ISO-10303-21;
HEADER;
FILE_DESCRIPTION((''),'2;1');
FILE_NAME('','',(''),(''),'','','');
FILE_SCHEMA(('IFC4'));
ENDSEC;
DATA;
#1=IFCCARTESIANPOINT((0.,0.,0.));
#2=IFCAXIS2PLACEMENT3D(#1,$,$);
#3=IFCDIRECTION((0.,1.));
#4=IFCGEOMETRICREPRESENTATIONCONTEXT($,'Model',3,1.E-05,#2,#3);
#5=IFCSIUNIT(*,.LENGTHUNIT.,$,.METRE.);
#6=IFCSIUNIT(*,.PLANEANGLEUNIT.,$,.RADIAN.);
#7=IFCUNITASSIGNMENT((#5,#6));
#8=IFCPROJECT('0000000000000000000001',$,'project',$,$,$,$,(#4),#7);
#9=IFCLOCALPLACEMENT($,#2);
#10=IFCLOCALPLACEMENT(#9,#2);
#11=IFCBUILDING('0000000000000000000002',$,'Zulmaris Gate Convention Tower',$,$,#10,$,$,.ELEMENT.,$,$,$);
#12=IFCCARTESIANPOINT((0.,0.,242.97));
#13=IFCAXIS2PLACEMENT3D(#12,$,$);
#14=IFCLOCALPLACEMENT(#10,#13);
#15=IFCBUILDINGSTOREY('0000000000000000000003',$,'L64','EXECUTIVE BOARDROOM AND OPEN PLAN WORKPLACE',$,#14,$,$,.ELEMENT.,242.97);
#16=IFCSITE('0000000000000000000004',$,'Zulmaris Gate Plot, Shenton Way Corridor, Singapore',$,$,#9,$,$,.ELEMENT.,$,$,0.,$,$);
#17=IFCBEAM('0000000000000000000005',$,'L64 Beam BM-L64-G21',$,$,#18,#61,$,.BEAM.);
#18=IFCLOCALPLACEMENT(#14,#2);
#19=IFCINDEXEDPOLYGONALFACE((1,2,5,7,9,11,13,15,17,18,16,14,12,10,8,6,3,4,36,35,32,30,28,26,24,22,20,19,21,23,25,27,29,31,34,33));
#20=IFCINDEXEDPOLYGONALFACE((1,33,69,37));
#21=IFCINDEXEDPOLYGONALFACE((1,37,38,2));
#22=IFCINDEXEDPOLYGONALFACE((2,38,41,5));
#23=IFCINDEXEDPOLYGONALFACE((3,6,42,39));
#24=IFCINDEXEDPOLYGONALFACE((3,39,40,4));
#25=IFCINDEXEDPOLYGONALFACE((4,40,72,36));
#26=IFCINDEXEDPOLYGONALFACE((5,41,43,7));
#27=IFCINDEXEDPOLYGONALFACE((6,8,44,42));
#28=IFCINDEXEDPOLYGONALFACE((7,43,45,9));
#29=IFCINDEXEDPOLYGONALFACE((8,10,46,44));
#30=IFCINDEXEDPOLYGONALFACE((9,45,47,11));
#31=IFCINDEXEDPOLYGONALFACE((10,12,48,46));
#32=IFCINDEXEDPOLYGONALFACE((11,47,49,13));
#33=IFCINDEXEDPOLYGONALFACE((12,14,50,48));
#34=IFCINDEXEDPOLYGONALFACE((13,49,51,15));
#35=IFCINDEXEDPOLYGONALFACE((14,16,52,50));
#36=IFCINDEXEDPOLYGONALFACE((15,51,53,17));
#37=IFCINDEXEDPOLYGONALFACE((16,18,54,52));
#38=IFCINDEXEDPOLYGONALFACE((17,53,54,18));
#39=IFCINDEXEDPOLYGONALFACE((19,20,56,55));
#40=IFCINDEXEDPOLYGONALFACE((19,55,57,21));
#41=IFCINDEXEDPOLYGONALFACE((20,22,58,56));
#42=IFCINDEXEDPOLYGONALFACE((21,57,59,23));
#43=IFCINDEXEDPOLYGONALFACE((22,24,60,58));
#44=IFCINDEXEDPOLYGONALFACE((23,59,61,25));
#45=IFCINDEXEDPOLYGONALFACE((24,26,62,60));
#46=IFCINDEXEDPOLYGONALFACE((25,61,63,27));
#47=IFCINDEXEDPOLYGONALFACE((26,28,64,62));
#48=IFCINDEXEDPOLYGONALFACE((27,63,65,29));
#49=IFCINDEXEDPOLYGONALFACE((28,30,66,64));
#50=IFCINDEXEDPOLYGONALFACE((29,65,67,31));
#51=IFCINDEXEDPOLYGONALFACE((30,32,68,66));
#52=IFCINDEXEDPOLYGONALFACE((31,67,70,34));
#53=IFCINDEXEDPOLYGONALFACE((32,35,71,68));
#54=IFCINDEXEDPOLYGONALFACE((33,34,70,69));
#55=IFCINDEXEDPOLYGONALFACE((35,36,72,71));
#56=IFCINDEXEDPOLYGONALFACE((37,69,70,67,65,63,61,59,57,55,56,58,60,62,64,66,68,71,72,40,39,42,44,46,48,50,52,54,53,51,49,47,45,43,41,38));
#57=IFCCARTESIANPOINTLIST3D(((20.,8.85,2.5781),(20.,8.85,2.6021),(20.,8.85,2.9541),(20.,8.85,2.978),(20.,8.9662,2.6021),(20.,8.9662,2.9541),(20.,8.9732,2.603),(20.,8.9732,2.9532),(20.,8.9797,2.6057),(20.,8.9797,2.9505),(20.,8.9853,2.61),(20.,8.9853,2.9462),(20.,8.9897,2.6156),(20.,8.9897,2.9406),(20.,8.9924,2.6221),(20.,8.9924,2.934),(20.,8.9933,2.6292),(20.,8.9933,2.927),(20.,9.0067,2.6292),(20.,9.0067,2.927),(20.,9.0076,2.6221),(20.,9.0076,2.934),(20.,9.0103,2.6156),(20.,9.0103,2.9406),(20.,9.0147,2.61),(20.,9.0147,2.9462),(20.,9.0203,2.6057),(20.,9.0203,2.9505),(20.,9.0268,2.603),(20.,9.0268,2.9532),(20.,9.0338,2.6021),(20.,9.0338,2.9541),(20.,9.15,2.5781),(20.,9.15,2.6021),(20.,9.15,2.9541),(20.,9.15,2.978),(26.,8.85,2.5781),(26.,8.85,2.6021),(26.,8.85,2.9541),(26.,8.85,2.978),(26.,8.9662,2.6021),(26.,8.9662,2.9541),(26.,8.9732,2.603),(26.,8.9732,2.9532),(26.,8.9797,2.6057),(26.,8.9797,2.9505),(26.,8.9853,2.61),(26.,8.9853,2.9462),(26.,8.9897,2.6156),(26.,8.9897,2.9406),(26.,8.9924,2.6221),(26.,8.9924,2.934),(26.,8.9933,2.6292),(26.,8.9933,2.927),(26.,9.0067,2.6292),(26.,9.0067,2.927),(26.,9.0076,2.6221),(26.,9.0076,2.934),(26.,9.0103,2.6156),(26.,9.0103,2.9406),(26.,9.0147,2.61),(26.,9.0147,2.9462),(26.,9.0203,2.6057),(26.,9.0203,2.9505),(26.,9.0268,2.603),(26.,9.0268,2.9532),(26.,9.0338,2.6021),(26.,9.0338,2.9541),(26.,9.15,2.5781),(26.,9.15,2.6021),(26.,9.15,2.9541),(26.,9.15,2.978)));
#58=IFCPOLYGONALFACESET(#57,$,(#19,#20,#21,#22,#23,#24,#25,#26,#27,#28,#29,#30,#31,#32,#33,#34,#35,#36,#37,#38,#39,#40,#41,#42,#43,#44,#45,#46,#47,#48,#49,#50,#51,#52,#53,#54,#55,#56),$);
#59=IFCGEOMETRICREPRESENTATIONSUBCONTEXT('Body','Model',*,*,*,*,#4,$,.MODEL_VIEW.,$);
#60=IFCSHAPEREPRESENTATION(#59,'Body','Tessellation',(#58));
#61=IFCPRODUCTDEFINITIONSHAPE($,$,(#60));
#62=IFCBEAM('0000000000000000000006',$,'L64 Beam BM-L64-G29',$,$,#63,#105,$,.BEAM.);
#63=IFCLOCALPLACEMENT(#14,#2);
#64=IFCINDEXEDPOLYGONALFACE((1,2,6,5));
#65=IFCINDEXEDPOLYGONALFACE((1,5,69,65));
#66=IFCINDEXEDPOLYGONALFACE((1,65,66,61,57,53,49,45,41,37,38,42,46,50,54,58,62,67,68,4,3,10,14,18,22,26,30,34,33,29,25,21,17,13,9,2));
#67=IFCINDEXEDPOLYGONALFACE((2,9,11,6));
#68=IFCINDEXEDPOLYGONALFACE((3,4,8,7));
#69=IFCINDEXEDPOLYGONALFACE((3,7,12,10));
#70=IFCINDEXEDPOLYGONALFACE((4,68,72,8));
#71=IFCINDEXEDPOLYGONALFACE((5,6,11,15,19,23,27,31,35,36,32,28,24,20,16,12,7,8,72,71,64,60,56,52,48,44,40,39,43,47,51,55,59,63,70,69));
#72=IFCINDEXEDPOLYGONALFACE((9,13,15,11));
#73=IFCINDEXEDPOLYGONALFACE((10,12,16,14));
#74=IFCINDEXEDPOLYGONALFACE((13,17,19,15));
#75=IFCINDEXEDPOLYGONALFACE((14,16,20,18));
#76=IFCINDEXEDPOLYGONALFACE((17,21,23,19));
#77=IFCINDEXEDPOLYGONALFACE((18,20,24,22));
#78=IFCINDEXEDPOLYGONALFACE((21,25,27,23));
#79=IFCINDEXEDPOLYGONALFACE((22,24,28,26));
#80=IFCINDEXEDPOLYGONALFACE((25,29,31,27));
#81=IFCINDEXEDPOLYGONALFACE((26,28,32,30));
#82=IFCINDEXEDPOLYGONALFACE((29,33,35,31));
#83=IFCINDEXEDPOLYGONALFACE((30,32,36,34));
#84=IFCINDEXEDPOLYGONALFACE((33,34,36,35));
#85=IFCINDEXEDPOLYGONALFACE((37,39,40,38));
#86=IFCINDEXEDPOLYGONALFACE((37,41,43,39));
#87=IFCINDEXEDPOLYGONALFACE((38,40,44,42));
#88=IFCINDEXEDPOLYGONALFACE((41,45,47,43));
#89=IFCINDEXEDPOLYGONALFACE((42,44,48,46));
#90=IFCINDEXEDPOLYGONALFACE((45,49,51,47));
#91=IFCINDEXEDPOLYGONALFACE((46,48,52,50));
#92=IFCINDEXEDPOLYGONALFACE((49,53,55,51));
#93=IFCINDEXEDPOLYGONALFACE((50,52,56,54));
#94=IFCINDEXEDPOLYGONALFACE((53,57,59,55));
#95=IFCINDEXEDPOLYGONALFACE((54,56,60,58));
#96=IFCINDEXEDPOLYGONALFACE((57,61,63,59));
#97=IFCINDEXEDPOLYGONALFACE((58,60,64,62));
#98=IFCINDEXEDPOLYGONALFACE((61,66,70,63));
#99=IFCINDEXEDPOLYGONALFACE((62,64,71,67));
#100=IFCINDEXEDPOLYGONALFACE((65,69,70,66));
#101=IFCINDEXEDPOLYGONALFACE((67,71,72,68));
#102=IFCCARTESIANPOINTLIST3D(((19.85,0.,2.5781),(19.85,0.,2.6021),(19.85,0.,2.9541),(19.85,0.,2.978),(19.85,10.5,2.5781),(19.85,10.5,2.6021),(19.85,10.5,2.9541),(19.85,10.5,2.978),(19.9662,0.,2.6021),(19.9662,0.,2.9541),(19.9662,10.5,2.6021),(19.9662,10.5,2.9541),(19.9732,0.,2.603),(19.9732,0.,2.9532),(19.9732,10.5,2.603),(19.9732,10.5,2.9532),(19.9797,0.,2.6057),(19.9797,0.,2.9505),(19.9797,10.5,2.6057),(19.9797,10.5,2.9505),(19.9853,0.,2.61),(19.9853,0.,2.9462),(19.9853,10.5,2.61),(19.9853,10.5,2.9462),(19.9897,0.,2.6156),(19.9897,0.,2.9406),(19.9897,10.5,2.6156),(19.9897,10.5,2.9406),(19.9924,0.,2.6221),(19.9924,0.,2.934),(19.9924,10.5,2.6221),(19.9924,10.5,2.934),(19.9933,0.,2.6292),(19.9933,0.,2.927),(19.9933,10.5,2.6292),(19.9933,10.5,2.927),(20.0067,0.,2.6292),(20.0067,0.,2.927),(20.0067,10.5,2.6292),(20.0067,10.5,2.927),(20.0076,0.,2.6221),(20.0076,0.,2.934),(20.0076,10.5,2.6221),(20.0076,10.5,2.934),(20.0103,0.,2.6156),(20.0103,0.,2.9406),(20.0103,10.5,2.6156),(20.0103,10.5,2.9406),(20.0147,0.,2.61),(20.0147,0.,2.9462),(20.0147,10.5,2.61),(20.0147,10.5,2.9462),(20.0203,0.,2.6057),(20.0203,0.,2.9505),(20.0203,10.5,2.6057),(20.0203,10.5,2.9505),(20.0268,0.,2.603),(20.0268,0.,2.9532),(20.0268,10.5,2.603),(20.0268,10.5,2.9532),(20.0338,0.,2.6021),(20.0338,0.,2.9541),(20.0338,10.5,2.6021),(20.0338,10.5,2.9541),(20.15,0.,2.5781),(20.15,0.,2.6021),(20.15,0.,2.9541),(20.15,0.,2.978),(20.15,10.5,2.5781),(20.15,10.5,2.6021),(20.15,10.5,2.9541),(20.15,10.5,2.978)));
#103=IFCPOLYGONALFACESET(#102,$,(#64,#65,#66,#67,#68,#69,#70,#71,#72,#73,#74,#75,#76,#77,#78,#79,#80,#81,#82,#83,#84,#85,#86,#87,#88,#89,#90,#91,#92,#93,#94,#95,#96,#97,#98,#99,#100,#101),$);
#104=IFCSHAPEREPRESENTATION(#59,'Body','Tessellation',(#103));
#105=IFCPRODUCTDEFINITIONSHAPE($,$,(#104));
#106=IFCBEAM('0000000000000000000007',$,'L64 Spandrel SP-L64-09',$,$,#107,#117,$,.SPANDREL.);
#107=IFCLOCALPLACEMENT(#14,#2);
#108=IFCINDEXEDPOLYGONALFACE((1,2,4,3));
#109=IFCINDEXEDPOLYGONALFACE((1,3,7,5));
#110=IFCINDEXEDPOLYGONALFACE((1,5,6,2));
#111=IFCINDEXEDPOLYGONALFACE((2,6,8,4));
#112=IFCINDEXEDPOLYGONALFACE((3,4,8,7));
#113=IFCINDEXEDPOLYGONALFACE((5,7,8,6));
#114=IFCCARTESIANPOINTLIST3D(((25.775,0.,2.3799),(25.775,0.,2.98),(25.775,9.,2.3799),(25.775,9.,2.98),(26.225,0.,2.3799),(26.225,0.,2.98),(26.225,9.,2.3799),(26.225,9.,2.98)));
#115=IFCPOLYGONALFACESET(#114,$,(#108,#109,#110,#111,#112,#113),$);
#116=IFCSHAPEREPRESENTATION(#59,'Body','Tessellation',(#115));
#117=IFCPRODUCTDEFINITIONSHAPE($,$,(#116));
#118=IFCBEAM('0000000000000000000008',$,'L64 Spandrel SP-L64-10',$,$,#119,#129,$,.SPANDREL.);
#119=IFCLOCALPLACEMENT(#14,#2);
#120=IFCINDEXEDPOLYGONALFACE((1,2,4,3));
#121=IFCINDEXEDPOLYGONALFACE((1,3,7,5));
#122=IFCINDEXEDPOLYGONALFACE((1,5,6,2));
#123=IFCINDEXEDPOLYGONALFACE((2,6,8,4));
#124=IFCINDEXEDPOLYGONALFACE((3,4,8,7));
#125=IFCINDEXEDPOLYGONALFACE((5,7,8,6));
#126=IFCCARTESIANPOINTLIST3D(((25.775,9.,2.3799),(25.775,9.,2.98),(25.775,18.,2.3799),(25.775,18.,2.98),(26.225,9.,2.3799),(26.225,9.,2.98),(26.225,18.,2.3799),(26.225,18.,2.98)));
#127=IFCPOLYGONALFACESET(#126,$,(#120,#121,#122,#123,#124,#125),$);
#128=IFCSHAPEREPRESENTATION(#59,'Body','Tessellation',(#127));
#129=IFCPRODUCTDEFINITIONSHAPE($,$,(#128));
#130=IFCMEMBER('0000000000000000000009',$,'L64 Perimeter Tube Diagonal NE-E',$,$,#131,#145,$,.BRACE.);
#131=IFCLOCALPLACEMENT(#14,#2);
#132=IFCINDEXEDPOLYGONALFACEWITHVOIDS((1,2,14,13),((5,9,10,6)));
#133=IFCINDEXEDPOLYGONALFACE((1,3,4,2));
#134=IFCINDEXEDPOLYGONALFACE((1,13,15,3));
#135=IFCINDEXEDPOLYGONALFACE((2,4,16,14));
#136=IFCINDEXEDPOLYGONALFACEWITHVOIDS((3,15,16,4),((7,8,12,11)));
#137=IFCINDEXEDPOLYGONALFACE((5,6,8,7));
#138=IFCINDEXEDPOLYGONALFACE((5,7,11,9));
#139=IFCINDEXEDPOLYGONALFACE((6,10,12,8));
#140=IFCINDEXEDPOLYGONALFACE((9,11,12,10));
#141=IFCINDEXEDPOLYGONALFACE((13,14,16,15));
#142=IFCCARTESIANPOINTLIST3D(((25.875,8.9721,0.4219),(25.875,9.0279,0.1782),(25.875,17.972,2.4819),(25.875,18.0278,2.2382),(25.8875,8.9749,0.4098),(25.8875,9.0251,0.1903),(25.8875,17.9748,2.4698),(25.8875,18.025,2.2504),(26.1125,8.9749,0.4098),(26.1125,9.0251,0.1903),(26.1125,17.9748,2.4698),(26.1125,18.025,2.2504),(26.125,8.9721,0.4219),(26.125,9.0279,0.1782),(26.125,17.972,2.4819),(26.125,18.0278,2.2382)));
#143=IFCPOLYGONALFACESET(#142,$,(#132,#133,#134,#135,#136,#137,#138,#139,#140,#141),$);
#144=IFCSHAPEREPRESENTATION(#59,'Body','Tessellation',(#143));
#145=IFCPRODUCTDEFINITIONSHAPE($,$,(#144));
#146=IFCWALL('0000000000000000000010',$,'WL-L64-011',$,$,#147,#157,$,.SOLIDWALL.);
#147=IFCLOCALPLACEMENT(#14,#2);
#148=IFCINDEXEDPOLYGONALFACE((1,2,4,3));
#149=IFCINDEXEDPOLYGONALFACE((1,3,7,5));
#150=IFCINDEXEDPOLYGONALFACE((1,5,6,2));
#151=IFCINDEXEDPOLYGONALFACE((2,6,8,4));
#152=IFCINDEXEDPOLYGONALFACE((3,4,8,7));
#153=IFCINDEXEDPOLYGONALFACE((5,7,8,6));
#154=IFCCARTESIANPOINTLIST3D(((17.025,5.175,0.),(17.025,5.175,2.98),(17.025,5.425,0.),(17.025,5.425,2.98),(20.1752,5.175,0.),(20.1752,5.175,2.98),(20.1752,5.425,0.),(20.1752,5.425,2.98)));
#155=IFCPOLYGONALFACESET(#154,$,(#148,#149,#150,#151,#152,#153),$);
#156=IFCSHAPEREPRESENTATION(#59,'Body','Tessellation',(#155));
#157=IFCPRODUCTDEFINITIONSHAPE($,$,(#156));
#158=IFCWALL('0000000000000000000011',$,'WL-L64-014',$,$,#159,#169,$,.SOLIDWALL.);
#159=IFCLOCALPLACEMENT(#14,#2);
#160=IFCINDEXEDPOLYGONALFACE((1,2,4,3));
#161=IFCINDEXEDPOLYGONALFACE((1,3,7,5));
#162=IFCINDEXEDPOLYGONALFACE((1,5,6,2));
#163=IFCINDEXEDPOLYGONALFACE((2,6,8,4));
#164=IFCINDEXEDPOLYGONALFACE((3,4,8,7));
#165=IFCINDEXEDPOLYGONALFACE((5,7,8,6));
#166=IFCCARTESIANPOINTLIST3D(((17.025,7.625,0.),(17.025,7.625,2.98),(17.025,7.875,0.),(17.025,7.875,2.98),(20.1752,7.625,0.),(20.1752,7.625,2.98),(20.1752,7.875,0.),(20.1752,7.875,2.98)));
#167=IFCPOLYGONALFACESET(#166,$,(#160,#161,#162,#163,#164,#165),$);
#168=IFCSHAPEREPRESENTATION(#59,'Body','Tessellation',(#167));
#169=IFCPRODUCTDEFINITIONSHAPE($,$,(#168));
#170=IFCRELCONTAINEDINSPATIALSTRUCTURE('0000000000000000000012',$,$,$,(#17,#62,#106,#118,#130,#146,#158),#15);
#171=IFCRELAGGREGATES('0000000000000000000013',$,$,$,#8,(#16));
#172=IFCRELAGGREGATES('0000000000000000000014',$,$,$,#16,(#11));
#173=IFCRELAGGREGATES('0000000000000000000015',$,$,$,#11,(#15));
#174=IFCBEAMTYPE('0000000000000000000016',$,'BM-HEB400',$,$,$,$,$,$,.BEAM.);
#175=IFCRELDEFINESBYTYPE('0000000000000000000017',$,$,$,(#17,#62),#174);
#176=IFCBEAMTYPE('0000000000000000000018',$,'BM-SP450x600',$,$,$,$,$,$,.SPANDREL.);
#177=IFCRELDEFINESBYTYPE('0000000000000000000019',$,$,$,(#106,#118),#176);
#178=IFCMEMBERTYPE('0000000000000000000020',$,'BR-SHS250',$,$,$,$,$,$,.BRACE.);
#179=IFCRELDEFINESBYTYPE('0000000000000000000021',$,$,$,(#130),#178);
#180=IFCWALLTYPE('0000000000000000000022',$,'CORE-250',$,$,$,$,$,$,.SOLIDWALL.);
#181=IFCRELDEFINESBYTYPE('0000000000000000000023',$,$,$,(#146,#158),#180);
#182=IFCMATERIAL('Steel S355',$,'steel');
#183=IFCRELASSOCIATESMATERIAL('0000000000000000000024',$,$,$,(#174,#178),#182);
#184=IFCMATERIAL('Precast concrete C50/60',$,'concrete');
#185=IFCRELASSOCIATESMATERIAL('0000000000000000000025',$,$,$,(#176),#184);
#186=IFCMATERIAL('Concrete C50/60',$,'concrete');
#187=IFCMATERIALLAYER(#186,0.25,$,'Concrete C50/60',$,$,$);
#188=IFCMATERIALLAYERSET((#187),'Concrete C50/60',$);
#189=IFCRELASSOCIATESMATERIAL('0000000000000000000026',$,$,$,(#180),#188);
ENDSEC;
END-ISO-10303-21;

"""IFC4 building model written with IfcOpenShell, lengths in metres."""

from ifc_helpers import new_model, si_unit, direction, frame, frame_2d, origin, origin_2d, place, context, subcontext, project, spatial, rectangle, hollow_rectangle, i_section, extrude, material, layer, layer_set, material_profile, profile_set, type_object, element, save


model = new_model("IFC4")

# Units and contexts
model_context = context("Model", 3, precision=1e-05, world=origin(), true_north=direction((0.0, 1.0)))
body_context = subcontext(model_context, "Body", "Model", "MODEL_VIEW")
ifc_project = project(units=[si_unit("LENGTHUNIT", "METRE"), si_unit("PLANEANGLEUNIT", "RADIAN")], contexts=[model_context])

# Site, building, storey
site_placement = place(None, origin())
site = spatial("IfcSite", under=ifc_project, at=site_placement, Name="Zulmaris Gate Plot, Shenton Way Corridor, Singapore", CompositionType="ELEMENT", RefElevation=0.0)
building_placement = place(site_placement, origin())
building = spatial("IfcBuilding", under=site, at=building_placement, Name="Zulmaris Gate Convention Tower", CompositionType="ELEMENT")
storey_placement = place(building_placement, frame((0.0, 0.0, 242.97)))
storey = spatial("IfcBuildingStorey", under=building, at=storey_placement, Name="L64", Description="EXECUTIVE BOARDROOM AND OPEN PLAN WORKPLACE", CompositionType="ELEMENT", Elevation=242.97)

# Shared definitions
ifc_material_1 = material(Name="Concrete C50/60", Category="concrete")

# Beams
ifc_material_2 = material(Name="Steel S355", Category="steel")
ifc_material_profile_1 = material_profile(ifc_material_2, i_section(OverallWidth=0.3, OverallDepth=0.3999, WebThickness=0.0134, FlangeThickness=0.0239, FilletRadius=0.0271, at=origin_2d()), Name="HEB 400")
ifc_profile_set_1 = profile_set([ifc_material_profile_1], Name="Steel S355")
beam_type_1 = type_object("IfcBeamType", Name="BM-HEB400", PredefinedType="BEAM", material=ifc_profile_set_1)
for number, where, z_axis, x_axis, name in (
    (1, (20.0, 9.0, 2.7781), (1.0, 0.0, 0.0), (0.0, 1.0, 0.0), "L64 Beam BM-L64-G21"),
):
    element("IfcBeam", number, at=place(storey_placement, frame(where, z_axis=z_axis, x_axis=x_axis)), inside=storey, type_object=beam_type_1, Name=name, PredefinedType="BEAM", context=body_context, shape_type="SweptSolid", body=[
        extrude(i_section(OverallWidth=0.3, OverallDepth=0.3999, WebThickness=0.0134, FlangeThickness=0.0239, FilletRadius=0.0271, at=origin_2d()), origin(), (0.0, 0.0, 1.0), 6.0),
    ])
beam_placement = place(storey_placement, frame((20.0, 0.0, 2.7781), z_axis=(0.0, 1.0, 0.0), x_axis=(-1.0, 0.0, 0.0)))
element("IfcBeam", 2, at=beam_placement, inside=storey, type_object=beam_type_1, Name="L64 Beam BM-L64-G29", PredefinedType="BEAM", context=body_context, shape_type="SweptSolid", body=[
    extrude(i_section(OverallWidth=0.3, OverallDepth=0.3999, WebThickness=0.0134, FlangeThickness=0.0239, FilletRadius=0.0271, at=origin_2d()), origin(), (0.0, 0.0, 1.0), 10.5),
])
ifc_material_3 = material(Name="Precast concrete C50/60", Category="concrete")
ifc_material_profile_2 = material_profile(ifc_material_3, rectangle(XDim=0.45, YDim=0.6001, at=origin_2d()), Name="RC SPANDREL 450x600")
ifc_profile_set_2 = profile_set([ifc_material_profile_2], Name="Precast concrete C50/60")
beam_type_2 = type_object("IfcBeamType", Name="BM-SP450x600", PredefinedType="SPANDREL", material=ifc_profile_set_2)
for number, where, z_axis, x_axis, name in (
    (3, (26.0, 0.0, 2.6799), (0.0, 1.0, 0.0), (-1.0, 0.0, 0.0), "L64 Spandrel SP-L64-09"),
    (4, (26.0, 9.0, 2.6799), (0.0, 1.0, 0.0), (-1.0, 0.0, 0.0), "L64 Spandrel SP-L64-10"),
):
    element("IfcBeam", number, at=place(storey_placement, frame(where, z_axis=z_axis, x_axis=x_axis)), inside=storey, type_object=beam_type_2, Name=name, PredefinedType="SPANDREL", context=body_context, shape_type="SweptSolid", body=[
        extrude(rectangle(XDim=0.45, YDim=0.6001, at=origin_2d()), origin(), (0.0, 0.0, 1.0), 9.0),
    ])

# Member
ifc_material_profile_3 = material_profile(ifc_material_2, hollow_rectangle(XDim=0.25, YDim=0.25, WallThickness=0.0125, at=origin_2d()), Name="SHS 250x250x12.5")
ifc_profile_set_3 = profile_set([ifc_material_profile_3], Name="Steel S355")
member_type = type_object("IfcMemberType", Name="BR-SHS250", PredefinedType="BRACE", material=ifc_profile_set_3)
member_placement = place(storey_placement, frame((26.0, 9.0, 0.3), z_axis=(0.0, 0.97479, 0.223125), x_axis=(-1.0, 0.0, 0.0)))
element("IfcMember", 5, at=member_placement, inside=storey, type_object=member_type, Name="L64 Perimeter Tube Diagonal NE-E", PredefinedType="BRACE", context=body_context, shape_type="SweptSolid", body=[
    extrude(hollow_rectangle(XDim=0.25, YDim=0.25, WallThickness=0.0125, at=origin_2d()), origin(), (0.0, 0.0, 1.0), 9.2327),
])

# Walls
ifc_layer_1 = layer(ifc_material_1, 0.25, Name="Concrete C50/60")
ifc_layer_set_1 = layer_set([ifc_layer_1], Name="Concrete C50/60")
wall_type_1 = type_object("IfcWallType", Name="CORE-250", PredefinedType="SOLIDWALL", material=ifc_layer_set_1)
for number, where, z_axis, x_axis, name in (
    (6, (17.0249, 5.3, 0.0), (0.0, 0.0, 1.0), (1.0, 0.0, 0.0), "WL-L64-011"),
    (7, (17.0249, 7.75, 0.0), (0.0, 0.0, 1.0), (1.0, 0.0, 0.0), "WL-L64-014"),
):
    element("IfcWall", number, at=place(storey_placement, frame(where, z_axis=z_axis, x_axis=x_axis)), inside=storey, type_object=wall_type_1, Name=name, PredefinedType="SOLIDWALL", context=body_context, shape_type="SweptSolid", body=[
        extrude(rectangle(XDim=3.1501, YDim=0.25, at=frame_2d((1.5752, 0.0))), origin(), (0.0, 0.0, 1.0), 2.98),
    ])

save(model, "model.ifc")
